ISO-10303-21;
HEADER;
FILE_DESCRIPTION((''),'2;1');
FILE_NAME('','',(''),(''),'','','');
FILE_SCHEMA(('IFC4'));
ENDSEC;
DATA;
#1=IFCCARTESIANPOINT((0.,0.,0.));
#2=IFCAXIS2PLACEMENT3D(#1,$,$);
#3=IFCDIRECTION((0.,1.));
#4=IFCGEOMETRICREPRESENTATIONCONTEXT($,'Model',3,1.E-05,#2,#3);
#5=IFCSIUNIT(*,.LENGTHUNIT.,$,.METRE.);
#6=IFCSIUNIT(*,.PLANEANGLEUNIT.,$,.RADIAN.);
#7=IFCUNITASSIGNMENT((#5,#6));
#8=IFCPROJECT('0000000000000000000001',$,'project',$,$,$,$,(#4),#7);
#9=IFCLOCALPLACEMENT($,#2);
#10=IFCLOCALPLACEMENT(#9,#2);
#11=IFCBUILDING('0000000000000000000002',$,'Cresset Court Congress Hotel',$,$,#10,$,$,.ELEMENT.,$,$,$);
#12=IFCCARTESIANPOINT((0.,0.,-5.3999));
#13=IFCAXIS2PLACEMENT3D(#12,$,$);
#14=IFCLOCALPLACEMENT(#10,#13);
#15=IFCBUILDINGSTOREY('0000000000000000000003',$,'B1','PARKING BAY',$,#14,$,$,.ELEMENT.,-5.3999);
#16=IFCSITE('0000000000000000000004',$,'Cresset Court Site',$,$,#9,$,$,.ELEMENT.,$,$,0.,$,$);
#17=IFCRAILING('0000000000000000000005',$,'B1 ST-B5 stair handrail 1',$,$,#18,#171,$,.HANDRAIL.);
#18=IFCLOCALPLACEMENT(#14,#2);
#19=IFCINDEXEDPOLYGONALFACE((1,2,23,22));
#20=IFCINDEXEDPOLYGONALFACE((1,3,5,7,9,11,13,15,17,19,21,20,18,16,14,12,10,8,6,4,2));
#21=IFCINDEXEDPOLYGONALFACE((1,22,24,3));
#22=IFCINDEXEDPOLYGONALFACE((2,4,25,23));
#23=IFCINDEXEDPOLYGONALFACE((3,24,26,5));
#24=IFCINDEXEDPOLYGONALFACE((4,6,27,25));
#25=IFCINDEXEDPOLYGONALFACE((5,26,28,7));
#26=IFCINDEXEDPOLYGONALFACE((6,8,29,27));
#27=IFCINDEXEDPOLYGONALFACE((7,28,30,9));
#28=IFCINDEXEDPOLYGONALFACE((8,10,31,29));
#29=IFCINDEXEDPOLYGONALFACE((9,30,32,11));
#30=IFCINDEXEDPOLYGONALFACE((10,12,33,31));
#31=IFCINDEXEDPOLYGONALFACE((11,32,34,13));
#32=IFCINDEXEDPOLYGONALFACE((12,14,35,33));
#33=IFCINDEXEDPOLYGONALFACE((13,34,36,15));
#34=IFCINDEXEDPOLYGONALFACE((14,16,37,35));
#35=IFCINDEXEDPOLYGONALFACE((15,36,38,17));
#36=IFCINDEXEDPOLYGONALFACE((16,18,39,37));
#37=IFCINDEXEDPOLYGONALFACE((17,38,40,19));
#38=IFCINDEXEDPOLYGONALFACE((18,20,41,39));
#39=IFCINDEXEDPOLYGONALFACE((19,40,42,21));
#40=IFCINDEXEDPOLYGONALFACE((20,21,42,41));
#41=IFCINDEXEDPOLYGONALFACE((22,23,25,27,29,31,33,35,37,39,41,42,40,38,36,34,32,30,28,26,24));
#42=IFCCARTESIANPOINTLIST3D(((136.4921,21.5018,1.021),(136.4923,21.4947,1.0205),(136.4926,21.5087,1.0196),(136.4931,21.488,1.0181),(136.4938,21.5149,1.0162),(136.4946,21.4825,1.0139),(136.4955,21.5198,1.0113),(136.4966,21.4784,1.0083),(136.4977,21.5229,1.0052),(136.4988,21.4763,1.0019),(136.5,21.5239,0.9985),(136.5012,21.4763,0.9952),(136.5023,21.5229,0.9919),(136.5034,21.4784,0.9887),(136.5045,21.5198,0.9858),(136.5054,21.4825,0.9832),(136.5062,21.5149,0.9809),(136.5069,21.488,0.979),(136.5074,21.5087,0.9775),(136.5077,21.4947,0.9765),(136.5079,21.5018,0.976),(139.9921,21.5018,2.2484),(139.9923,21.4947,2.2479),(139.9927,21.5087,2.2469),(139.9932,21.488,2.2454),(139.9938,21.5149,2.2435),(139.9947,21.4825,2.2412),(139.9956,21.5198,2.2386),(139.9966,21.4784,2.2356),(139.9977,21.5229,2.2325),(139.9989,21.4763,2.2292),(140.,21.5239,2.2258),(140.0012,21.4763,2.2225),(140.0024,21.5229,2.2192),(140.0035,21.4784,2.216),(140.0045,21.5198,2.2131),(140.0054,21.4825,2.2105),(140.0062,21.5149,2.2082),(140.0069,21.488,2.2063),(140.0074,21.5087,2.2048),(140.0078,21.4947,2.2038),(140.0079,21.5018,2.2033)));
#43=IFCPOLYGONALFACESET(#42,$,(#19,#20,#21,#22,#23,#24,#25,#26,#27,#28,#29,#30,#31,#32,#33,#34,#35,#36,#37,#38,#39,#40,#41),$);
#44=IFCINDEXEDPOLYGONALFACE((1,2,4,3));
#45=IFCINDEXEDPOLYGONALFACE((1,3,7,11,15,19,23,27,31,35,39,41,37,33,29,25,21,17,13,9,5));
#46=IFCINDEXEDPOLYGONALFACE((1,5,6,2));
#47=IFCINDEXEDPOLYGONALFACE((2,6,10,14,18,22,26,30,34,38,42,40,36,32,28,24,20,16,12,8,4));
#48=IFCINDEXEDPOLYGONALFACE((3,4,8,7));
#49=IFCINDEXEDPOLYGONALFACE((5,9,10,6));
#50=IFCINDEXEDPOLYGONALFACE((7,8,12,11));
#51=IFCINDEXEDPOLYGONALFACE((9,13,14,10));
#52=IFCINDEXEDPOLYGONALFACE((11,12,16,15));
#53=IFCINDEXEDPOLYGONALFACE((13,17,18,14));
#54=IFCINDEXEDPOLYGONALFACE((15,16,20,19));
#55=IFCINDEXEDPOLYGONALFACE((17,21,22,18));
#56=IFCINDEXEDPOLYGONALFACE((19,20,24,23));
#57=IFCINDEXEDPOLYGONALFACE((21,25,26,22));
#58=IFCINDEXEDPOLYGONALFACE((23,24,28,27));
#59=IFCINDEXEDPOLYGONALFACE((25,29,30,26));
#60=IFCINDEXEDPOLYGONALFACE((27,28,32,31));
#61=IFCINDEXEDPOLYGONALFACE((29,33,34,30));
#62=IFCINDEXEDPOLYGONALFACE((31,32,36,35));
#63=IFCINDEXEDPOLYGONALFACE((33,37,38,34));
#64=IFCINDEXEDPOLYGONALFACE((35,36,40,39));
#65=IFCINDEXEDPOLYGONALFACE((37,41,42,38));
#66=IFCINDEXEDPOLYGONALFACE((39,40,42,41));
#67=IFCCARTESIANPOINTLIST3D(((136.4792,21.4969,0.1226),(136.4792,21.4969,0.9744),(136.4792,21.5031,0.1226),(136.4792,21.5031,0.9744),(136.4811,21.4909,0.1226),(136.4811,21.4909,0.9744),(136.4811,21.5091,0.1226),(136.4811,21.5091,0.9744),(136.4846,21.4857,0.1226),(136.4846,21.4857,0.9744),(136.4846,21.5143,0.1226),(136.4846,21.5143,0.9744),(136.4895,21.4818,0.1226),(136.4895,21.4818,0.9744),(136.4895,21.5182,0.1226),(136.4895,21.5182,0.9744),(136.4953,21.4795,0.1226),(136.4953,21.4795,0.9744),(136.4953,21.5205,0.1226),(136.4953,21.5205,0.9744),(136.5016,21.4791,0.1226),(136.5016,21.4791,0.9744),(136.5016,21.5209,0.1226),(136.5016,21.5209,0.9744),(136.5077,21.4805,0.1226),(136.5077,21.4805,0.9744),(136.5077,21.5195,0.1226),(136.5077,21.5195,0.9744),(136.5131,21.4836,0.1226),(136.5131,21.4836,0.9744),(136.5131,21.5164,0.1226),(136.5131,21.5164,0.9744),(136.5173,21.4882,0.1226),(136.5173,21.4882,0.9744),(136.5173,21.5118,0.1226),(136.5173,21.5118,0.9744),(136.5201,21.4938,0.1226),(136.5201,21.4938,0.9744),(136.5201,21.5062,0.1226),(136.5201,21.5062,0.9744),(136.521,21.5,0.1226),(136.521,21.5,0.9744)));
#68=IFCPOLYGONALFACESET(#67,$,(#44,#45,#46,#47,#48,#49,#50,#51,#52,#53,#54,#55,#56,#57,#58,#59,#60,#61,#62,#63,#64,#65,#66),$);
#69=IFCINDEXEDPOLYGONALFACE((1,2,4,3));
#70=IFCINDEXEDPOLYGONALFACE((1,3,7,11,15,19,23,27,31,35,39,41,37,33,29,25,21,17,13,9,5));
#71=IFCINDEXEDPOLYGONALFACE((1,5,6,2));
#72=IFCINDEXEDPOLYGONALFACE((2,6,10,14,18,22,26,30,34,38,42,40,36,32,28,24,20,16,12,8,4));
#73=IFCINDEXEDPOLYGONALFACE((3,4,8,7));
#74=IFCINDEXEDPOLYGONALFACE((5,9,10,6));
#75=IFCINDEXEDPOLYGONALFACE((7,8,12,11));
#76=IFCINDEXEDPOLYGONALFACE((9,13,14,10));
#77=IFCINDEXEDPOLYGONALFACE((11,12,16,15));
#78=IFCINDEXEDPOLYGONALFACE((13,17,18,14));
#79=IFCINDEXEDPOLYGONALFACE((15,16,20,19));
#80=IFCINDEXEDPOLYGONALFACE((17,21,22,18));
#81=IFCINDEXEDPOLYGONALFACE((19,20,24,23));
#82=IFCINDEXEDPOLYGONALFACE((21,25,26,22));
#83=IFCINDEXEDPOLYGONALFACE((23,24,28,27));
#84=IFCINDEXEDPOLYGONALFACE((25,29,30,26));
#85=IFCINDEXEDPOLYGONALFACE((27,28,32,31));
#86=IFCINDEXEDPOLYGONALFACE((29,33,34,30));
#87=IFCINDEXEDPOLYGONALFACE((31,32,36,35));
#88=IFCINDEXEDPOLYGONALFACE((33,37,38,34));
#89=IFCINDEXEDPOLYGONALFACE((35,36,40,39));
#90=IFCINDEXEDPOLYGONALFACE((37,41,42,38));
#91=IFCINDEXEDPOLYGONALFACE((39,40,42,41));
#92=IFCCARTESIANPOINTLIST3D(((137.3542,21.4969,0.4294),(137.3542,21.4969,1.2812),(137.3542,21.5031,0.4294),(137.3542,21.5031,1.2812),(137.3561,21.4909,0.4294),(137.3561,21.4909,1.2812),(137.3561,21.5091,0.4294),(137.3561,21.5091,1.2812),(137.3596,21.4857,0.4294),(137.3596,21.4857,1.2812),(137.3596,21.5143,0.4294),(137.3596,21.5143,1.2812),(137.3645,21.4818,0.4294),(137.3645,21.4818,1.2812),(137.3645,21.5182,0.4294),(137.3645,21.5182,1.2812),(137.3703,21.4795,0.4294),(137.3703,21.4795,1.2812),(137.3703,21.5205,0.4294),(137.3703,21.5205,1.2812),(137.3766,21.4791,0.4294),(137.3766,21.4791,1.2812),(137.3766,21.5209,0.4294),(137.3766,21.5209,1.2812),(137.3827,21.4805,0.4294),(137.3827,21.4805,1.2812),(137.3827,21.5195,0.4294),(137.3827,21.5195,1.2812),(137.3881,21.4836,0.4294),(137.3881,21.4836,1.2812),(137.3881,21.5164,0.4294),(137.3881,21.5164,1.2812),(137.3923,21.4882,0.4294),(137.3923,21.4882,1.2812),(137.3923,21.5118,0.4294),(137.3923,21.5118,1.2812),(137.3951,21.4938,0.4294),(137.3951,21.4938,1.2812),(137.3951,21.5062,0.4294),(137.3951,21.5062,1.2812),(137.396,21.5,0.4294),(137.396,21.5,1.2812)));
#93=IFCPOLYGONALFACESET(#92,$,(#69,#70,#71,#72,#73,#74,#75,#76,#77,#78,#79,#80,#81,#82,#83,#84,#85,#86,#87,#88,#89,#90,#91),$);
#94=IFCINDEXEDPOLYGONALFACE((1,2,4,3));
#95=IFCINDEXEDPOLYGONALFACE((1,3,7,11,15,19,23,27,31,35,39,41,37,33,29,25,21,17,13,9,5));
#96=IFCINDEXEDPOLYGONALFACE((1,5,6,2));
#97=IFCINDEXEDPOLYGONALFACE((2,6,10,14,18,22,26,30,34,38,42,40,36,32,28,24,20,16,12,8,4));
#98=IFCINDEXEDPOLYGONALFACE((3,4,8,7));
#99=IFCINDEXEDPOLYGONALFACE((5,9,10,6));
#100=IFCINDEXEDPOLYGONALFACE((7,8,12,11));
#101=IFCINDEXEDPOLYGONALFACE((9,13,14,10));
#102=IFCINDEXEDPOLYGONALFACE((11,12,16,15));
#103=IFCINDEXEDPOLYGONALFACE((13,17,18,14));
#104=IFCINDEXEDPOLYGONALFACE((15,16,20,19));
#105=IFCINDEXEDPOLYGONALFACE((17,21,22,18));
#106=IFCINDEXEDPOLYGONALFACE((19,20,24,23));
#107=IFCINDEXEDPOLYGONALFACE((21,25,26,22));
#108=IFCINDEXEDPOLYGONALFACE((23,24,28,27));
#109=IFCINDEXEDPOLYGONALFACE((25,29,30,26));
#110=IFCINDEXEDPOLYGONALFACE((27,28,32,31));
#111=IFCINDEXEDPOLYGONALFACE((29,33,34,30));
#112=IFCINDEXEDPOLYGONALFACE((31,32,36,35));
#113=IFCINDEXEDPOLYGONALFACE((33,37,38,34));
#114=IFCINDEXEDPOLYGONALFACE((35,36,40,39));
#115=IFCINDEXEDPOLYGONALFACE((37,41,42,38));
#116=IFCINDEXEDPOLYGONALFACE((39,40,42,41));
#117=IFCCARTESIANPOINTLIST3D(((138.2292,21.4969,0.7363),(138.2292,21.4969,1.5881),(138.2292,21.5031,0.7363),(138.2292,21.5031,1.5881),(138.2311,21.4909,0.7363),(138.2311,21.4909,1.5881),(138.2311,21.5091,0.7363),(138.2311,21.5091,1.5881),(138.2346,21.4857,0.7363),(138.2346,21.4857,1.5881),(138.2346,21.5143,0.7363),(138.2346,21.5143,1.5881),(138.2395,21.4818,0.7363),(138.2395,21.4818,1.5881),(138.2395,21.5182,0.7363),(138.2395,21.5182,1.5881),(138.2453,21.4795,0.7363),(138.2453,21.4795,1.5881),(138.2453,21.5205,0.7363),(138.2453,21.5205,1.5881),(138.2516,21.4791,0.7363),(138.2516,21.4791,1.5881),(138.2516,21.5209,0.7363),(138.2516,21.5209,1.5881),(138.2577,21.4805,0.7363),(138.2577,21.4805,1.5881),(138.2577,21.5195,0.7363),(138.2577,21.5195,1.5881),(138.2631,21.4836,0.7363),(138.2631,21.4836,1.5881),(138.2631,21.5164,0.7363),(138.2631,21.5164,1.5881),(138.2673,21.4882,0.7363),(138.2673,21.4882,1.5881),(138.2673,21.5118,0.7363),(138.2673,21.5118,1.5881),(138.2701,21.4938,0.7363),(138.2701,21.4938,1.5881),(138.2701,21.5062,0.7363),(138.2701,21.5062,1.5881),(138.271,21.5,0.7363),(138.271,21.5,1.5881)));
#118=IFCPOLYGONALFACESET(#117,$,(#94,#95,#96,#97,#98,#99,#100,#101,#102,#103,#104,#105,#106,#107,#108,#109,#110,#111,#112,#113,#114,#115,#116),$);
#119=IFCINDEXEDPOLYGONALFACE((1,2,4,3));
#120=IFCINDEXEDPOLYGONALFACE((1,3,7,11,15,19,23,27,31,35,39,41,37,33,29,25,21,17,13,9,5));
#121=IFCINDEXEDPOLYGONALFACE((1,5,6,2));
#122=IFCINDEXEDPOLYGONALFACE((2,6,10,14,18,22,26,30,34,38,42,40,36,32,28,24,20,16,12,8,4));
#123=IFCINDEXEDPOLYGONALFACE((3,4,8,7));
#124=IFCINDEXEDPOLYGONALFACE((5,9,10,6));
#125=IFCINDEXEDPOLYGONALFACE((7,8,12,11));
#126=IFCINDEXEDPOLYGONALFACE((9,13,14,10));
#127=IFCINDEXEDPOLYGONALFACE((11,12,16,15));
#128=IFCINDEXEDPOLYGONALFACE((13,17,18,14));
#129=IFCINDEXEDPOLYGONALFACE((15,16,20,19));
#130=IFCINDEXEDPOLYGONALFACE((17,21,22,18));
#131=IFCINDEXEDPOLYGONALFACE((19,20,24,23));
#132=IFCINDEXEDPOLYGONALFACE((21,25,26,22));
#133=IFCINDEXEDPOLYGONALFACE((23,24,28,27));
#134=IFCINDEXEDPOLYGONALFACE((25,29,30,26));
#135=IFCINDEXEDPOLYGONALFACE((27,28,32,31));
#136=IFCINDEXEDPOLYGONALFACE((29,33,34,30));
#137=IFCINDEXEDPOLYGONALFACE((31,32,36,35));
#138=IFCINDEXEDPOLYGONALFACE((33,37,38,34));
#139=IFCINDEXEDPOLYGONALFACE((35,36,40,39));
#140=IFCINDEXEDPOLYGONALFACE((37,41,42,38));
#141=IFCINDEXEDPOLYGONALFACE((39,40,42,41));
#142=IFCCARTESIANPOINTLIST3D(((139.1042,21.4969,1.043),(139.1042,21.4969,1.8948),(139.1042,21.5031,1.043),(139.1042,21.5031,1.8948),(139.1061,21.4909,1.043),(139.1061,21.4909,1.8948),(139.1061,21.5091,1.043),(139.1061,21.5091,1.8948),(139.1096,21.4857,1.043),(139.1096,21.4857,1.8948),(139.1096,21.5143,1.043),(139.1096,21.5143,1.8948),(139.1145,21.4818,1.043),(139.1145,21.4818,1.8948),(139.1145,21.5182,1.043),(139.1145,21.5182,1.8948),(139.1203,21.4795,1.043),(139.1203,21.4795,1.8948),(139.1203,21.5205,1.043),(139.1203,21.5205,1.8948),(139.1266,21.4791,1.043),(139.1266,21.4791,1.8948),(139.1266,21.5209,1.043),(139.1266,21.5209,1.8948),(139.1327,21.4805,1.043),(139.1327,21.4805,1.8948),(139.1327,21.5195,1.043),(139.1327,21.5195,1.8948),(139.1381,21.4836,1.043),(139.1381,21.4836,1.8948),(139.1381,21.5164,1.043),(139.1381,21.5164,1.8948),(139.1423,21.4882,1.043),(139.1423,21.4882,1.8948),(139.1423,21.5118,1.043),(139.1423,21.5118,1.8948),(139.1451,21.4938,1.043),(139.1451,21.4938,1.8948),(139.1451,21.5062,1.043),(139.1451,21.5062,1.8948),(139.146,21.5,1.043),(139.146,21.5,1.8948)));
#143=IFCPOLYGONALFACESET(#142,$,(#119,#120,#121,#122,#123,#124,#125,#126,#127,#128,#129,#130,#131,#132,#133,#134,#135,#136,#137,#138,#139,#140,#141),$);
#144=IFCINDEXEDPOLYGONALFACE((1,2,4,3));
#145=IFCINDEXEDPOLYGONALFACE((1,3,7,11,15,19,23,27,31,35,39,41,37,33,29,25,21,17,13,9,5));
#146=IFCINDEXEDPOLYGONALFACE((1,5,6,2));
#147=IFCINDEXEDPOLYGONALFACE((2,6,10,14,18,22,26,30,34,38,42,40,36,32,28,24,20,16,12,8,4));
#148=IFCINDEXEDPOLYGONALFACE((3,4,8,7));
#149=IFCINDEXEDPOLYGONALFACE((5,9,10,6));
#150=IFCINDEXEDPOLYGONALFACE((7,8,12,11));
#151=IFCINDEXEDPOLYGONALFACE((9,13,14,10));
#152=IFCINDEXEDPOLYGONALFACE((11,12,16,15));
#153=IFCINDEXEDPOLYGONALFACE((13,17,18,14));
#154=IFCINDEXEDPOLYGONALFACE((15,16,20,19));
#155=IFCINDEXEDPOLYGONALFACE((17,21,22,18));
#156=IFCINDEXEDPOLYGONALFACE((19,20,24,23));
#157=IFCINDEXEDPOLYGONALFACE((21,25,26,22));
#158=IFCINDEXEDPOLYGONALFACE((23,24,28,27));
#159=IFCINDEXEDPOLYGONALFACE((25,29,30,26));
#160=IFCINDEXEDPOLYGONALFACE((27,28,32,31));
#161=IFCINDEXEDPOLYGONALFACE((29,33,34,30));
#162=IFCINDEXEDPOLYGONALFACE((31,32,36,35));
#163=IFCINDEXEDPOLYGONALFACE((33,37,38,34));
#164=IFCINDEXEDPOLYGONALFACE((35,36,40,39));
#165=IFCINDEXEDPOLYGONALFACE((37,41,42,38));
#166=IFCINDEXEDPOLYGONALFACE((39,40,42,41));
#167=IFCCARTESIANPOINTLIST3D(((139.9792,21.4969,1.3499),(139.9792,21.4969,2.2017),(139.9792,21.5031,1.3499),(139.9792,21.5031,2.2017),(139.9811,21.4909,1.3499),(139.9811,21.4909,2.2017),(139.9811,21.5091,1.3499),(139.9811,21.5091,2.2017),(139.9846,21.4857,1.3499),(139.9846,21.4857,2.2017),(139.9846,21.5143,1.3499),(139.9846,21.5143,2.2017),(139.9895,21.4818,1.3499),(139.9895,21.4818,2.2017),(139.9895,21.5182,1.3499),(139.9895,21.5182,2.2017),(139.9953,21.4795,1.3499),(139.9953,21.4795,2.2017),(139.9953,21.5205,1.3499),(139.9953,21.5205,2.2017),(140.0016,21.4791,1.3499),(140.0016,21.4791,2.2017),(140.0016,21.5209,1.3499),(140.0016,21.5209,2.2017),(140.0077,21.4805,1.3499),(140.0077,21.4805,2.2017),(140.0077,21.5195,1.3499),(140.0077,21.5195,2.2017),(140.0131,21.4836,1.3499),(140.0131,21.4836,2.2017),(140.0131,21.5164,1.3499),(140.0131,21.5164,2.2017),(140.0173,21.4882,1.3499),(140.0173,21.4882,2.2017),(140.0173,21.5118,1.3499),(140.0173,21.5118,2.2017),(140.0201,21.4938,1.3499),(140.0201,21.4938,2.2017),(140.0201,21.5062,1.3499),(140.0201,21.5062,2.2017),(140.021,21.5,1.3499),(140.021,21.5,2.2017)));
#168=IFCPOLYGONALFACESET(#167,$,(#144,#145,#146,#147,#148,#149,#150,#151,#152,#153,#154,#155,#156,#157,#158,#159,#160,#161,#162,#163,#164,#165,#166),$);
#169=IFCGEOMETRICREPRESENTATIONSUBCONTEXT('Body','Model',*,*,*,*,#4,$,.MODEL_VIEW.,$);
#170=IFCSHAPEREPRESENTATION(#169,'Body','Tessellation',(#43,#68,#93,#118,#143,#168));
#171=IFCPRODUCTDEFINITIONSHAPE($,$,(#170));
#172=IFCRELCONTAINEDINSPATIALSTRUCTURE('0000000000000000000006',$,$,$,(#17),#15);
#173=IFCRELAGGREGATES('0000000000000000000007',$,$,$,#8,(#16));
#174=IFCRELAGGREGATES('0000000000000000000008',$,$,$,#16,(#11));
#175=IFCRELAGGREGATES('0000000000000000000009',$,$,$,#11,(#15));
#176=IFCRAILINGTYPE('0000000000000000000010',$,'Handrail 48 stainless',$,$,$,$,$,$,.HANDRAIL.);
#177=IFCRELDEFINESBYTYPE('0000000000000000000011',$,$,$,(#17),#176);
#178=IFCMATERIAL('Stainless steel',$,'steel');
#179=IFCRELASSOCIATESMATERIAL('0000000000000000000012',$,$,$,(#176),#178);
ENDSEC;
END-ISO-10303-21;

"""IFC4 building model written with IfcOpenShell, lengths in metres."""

from ifc_helpers import new_model, si_unit, direction, frame, origin, origin_2d, place, context, subcontext, project, spatial, circle, extrude, material, type_object, element, save


model = new_model("IFC4")

# Units and contexts
model_context = context("Model", 3, precision=1e-05, world=origin(), true_north=direction((0.0, 1.0)))
body_context = subcontext(model_context, "Body", "Model", "MODEL_VIEW")
ifc_project = project(units=[si_unit("LENGTHUNIT", "METRE"), si_unit("PLANEANGLEUNIT", "RADIAN")], contexts=[model_context])

# Site, building, storey
site_placement = place(None, origin())
site = spatial("IfcSite", under=ifc_project, at=site_placement, Name="Cresset Court Site", CompositionType="ELEMENT", RefElevation=0.0)
building_placement = place(site_placement, origin())
building = spatial("IfcBuilding", under=site, at=building_placement, Name="Cresset Court Congress Hotel", CompositionType="ELEMENT")
storey_placement = place(building_placement, frame((0.0, 0.0, -5.3999)))
storey = spatial("IfcBuildingStorey", under=building, at=storey_placement, Name="B1", Description="PARKING BAY", CompositionType="ELEMENT", Elevation=-5.3999)

# Railing
ifc_material_1 = material(Name="Stainless steel", Category="steel")
railing_type = type_object("IfcRailingType", Name="Handrail 48 stainless", PredefinedType="HANDRAIL", material=ifc_material_1)
railing_placement = place(storey_placement, frame((136.5, 21.5, 0.1226)))
element("IfcRailing", 1, at=railing_placement, inside=storey, type_object=railing_type, Name="B1 ST-B5 stair handrail 1", PredefinedType="HANDRAIL", context=body_context, shape_type="SweptSolid", body=[
    extrude(circle(Radius=0.0239, at=origin_2d()), frame((0.0, 0.0, 0.876), z_axis=(0.943665, 0.0, 0.330902), x_axis=(0.0, 1.0, 0.0)), (0.0, 0.0, 1.0), 3.709),
    extrude(circle(Radius=0.021, at=origin_2d()), origin(), (0.0, 0.0, 1.0), 0.8518),
    extrude(circle(Radius=0.021, at=origin_2d()), frame((0.875, 0.0, 0.3069)), (0.0, 0.0, 1.0), 0.8518),
    extrude(circle(Radius=0.021, at=origin_2d()), frame((1.75, 0.0, 0.6138)), (0.0, 0.0, 1.0), 0.8518),
    extrude(circle(Radius=0.021, at=origin_2d()), frame((2.625, 0.0, 0.9204)), (0.0, 0.0, 1.0), 0.8518),
    extrude(circle(Radius=0.021, at=origin_2d()), frame((3.5, 0.0, 1.2273)), (0.0, 0.0, 1.0), 0.8518),
])

save(model, "model.ifc")
